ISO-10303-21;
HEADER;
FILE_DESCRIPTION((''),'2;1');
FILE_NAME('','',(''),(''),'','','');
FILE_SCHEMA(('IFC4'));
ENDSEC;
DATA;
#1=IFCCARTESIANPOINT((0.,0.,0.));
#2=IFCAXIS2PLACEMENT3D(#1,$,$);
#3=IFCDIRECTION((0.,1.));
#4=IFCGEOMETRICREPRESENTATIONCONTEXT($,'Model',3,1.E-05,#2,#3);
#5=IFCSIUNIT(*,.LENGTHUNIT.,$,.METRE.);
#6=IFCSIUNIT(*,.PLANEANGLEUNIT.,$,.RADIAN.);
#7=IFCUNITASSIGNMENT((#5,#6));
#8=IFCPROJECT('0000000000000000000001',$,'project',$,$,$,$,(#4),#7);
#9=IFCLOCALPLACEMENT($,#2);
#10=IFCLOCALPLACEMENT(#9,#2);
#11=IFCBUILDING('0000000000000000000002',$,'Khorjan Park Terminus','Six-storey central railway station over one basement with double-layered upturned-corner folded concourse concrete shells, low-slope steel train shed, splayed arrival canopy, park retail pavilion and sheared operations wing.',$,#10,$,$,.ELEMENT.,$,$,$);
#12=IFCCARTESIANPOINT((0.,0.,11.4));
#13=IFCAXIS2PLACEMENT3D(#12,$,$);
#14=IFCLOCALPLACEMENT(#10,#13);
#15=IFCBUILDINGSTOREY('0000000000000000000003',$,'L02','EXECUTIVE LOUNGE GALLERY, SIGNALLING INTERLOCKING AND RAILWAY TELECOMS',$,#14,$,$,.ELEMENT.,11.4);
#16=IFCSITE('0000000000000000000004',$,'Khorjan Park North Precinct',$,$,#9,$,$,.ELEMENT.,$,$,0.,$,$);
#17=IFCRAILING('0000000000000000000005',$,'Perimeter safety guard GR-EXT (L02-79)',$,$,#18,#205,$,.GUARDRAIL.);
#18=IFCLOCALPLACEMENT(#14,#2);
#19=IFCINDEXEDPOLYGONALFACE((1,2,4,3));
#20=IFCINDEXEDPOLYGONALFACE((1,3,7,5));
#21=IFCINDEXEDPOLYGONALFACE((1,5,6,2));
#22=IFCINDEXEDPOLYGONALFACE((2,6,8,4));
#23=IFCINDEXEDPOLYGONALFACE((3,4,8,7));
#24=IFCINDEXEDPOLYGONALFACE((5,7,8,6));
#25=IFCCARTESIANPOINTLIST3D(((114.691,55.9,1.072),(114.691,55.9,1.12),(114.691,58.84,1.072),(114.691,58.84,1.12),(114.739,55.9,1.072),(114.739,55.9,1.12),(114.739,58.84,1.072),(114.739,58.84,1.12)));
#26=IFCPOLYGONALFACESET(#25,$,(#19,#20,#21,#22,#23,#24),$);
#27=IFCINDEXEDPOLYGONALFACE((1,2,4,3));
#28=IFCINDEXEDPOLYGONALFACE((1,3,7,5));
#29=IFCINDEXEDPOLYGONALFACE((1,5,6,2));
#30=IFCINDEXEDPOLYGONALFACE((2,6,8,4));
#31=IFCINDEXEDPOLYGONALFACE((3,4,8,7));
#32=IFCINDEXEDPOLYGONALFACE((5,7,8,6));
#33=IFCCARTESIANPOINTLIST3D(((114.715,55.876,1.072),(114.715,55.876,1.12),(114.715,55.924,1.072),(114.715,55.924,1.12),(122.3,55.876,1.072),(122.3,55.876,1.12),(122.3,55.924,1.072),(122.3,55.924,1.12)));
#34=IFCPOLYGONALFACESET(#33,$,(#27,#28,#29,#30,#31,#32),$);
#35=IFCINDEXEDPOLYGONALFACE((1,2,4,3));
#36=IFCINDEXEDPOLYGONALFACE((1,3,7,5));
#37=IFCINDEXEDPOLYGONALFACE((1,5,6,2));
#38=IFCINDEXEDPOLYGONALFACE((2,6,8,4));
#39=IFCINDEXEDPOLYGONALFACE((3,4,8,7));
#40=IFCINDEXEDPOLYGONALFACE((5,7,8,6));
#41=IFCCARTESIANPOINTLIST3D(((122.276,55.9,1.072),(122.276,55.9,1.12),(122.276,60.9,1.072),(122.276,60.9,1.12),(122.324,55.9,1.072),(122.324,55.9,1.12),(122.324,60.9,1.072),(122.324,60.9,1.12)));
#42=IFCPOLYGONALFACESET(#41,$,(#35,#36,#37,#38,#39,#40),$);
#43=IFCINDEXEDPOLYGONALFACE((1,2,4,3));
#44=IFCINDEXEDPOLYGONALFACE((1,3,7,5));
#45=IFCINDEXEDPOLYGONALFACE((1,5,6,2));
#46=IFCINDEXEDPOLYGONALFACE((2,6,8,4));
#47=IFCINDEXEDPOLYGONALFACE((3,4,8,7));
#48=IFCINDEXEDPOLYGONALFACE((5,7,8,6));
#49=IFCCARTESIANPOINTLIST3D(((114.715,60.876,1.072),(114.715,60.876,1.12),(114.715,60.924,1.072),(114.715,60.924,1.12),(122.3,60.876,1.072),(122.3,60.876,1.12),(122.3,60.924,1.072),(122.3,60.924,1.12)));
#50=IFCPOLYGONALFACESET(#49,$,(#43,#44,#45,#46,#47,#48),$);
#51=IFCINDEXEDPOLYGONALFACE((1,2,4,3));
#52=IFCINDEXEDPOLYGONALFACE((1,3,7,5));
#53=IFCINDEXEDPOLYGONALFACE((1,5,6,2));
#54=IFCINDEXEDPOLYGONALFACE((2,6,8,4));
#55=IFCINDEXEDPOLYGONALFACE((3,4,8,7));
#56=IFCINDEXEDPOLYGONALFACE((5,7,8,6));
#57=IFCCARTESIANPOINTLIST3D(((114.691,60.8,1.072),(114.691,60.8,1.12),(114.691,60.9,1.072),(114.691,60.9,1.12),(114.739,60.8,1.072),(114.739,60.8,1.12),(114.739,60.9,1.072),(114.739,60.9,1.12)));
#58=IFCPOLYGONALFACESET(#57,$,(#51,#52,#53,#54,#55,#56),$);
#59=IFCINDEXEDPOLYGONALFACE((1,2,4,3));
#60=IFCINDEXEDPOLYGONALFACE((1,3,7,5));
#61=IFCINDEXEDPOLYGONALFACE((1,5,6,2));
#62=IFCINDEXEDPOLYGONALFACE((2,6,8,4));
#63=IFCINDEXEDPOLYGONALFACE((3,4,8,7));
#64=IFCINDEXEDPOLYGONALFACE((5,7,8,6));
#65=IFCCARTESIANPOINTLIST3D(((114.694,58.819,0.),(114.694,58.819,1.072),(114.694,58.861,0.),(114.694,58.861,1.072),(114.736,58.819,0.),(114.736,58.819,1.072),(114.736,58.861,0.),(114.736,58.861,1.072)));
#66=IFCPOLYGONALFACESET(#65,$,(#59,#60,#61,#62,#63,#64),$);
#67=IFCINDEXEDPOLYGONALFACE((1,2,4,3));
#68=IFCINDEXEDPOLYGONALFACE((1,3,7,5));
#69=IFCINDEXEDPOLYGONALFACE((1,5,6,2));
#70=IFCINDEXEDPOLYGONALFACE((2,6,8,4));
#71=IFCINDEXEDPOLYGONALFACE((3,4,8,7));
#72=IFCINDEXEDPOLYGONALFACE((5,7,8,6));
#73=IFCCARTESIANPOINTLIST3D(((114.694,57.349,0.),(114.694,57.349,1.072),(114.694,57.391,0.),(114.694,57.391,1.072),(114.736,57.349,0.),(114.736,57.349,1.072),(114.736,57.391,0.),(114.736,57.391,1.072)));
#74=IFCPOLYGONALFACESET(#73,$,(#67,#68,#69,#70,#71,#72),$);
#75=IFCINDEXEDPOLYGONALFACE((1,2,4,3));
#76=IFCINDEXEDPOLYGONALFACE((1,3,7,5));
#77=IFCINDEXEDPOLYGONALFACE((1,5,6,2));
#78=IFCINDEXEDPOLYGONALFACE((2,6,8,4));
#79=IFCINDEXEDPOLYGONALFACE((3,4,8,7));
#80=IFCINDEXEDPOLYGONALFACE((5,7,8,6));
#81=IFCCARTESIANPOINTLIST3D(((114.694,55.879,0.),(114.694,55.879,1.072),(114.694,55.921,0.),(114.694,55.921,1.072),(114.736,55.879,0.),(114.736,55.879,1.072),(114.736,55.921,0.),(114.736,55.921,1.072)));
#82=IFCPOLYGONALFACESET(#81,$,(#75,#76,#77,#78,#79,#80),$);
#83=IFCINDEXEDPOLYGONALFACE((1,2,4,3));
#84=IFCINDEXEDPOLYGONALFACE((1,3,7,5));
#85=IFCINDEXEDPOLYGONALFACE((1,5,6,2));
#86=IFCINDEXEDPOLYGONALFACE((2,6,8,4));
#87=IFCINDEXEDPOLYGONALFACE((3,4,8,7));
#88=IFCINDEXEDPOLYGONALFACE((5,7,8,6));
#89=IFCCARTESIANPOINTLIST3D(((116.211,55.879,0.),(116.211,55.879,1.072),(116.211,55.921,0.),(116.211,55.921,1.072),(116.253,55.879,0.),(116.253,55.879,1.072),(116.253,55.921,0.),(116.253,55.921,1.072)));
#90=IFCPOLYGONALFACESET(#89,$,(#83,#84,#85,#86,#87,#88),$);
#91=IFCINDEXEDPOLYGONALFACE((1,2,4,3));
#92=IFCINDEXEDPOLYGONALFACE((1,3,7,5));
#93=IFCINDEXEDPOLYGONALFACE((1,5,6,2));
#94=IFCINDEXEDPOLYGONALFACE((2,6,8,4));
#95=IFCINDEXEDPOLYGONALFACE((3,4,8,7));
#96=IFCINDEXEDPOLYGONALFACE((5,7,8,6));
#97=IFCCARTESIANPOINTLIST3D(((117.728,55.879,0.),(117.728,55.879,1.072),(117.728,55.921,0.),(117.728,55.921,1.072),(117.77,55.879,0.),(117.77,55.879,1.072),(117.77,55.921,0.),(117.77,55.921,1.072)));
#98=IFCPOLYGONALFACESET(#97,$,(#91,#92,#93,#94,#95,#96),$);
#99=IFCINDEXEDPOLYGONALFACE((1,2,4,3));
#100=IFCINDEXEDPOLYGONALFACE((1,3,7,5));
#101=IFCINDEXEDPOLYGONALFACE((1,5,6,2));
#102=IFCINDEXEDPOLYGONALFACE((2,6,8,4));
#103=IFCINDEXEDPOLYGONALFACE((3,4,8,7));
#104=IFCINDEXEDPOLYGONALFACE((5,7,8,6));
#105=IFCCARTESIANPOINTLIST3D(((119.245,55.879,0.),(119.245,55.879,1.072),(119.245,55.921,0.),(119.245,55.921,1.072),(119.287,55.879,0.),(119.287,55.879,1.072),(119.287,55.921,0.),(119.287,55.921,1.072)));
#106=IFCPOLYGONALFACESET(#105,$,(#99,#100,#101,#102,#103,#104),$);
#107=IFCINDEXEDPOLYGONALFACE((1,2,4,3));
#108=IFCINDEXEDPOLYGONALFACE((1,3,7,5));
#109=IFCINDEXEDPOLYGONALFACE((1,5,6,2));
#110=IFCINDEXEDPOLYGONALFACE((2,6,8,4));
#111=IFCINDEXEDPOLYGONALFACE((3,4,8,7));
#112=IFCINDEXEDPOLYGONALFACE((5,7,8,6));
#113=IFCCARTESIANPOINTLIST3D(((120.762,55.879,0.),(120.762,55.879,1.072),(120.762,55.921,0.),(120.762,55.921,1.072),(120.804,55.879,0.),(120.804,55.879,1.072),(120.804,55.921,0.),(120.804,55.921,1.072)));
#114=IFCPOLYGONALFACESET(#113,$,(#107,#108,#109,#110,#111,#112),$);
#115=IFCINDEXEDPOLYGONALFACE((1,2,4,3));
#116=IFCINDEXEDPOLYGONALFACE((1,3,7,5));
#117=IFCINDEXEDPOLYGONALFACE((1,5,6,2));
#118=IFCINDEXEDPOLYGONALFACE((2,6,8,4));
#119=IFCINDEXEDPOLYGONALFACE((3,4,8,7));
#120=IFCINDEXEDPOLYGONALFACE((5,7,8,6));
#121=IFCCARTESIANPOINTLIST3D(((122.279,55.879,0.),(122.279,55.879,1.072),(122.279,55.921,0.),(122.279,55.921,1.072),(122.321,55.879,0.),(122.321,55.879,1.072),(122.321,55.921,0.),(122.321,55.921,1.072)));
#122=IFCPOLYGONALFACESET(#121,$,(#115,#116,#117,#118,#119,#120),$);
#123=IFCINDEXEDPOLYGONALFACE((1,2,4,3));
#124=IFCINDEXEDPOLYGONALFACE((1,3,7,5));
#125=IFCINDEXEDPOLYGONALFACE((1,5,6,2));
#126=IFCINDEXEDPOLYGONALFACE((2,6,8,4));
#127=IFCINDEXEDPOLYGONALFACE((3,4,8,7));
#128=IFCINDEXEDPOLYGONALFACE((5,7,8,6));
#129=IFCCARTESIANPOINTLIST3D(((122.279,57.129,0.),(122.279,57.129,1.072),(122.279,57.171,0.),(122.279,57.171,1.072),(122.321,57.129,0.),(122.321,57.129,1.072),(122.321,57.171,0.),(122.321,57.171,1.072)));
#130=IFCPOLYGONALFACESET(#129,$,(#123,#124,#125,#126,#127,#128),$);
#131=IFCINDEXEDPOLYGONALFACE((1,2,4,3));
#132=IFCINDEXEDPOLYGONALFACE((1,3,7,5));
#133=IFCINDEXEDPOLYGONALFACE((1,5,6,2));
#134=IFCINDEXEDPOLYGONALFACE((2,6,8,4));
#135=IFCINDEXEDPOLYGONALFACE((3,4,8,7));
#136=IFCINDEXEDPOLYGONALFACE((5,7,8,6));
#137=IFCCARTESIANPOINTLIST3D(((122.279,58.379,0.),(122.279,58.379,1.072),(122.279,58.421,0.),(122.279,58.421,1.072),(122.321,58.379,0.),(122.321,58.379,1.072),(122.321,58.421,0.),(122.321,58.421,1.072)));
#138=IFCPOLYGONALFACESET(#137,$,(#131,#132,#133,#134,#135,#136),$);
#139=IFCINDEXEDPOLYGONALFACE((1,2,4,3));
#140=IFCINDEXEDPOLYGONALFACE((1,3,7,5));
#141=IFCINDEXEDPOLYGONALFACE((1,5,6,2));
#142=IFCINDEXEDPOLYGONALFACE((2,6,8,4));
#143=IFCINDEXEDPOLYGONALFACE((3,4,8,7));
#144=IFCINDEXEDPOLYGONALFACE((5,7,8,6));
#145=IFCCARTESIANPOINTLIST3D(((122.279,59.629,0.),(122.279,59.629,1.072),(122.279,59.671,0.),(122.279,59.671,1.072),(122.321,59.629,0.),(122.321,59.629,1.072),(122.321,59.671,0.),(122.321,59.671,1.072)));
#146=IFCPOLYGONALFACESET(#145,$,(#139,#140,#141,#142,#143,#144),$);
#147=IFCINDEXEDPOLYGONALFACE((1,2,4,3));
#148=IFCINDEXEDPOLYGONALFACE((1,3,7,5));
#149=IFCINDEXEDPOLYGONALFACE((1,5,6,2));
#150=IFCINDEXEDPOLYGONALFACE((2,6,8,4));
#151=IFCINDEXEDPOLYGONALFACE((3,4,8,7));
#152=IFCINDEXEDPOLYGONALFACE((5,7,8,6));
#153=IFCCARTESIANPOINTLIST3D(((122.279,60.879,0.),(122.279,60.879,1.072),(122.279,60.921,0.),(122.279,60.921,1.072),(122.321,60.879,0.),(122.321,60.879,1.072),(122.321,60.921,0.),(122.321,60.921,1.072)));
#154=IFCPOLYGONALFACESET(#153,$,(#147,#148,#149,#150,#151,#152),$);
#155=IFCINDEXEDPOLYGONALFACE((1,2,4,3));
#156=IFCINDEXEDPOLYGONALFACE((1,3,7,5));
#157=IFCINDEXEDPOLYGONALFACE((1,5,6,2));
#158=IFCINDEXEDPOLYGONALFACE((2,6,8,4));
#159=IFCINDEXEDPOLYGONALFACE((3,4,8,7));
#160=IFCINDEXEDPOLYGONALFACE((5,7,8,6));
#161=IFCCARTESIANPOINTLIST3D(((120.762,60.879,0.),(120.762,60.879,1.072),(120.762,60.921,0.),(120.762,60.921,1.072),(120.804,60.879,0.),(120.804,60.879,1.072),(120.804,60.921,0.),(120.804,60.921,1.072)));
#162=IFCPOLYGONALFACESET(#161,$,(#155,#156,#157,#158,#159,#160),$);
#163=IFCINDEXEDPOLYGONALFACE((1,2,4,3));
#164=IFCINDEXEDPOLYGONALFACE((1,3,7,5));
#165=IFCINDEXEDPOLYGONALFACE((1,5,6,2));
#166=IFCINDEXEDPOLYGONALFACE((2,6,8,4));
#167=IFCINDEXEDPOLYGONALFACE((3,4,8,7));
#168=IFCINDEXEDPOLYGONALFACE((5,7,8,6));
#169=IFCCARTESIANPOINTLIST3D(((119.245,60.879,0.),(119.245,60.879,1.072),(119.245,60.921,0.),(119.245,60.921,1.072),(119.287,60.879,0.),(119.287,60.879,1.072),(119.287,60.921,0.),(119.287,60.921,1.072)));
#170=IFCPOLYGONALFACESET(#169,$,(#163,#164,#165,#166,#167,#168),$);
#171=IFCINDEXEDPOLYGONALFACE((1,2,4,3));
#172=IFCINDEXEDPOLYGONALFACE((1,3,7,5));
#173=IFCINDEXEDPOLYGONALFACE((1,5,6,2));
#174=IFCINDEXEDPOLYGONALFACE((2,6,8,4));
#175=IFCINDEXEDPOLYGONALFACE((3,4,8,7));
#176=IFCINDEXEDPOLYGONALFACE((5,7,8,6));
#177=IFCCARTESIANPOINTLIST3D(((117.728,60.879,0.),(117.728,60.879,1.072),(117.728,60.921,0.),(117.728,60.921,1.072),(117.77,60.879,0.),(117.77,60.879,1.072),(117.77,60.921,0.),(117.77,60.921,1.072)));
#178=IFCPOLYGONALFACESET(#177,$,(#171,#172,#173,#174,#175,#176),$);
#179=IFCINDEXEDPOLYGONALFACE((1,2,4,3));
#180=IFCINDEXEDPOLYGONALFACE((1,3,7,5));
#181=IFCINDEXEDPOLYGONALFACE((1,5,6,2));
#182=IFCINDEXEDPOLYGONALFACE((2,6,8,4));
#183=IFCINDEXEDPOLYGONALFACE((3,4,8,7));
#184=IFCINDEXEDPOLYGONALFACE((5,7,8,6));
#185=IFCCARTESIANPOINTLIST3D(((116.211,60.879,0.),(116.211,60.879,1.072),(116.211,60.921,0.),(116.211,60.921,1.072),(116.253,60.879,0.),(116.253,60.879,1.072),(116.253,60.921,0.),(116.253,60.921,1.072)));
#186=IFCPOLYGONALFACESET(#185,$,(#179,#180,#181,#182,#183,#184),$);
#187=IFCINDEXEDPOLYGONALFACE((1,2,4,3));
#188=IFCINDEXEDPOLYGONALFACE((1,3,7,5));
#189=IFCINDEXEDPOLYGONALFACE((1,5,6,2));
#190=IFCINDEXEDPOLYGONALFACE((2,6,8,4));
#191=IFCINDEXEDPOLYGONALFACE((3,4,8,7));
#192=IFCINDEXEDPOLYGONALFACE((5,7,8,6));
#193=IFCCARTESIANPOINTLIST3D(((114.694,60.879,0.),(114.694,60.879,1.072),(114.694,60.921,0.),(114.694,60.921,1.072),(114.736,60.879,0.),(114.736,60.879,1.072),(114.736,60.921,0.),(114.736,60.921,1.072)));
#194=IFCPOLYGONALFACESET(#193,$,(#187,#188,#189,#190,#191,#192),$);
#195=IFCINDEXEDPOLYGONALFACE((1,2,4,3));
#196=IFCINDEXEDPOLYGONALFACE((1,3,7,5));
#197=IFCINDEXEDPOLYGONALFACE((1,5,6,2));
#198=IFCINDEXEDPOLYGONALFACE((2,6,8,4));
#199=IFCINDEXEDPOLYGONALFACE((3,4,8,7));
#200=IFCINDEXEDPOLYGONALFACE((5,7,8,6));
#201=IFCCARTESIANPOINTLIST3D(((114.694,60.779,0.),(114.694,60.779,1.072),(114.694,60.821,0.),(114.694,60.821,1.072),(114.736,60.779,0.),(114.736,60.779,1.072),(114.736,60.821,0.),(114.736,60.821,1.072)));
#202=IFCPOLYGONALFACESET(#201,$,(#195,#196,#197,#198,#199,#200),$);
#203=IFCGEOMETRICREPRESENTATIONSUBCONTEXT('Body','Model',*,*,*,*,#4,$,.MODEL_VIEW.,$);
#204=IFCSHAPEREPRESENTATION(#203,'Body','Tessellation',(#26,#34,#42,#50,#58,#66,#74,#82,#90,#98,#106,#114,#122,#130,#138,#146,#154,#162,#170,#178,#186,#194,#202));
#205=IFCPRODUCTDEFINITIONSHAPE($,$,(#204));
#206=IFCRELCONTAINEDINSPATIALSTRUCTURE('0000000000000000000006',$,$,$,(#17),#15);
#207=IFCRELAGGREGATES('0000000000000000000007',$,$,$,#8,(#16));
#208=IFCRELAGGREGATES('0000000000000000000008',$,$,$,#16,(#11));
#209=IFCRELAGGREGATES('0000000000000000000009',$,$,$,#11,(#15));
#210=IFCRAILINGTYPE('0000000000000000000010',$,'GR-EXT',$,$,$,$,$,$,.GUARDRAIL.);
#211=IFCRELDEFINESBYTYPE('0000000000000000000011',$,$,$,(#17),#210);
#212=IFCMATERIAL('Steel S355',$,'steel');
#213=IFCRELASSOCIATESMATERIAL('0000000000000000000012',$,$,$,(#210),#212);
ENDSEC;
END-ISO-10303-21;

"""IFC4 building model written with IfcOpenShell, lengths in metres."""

from ifc_helpers import new_model, si_unit, direction, frame, origin, origin_2d, place, context, subcontext, project, spatial, rectangle, extrude, material, type_object, element, save


model = new_model("IFC4")

# Units and contexts
model_context = context("Model", 3, precision=1e-05, world=origin(), true_north=direction((0.0, 1.0)))
body_context = subcontext(model_context, "Body", "Model", "MODEL_VIEW")
ifc_project = project(units=[si_unit("LENGTHUNIT", "METRE"), si_unit("PLANEANGLEUNIT", "RADIAN")], contexts=[model_context])

# Site, building, storey
site_placement = place(None, origin())
site = spatial("IfcSite", under=ifc_project, at=site_placement, Name="Khorjan Park North Precinct", CompositionType="ELEMENT", RefElevation=0.0)
building_placement = place(site_placement, origin())
building = spatial("IfcBuilding", under=site, at=building_placement, Name="Khorjan Park Terminus", Description="Six-storey central railway station over one basement with double-layered upturned-corner folded concourse concrete shells, low-slope steel train shed, splayed arrival canopy, park retail pavilion and sheared operations wing.", CompositionType="ELEMENT")
storey_placement = place(building_placement, frame((0.0, 0.0, 11.4)))
storey = spatial("IfcBuildingStorey", under=building, at=storey_placement, Name="L02", Description="EXECUTIVE LOUNGE GALLERY, SIGNALLING INTERLOCKING AND RAILWAY TELECOMS", CompositionType="ELEMENT", Elevation=11.4)

# Shared definitions
ifc_material_1 = material(Name="Steel S355", Category="steel")

# Railing
railing_type_1 = type_object("IfcRailingType", Name="GR-EXT", PredefinedType="GUARDRAIL", material=ifc_material_1)
railing_1_placement = place(storey_placement, frame((114.715, 58.84, 0.0)))
element("IfcRailing", 1, at=railing_1_placement, inside=storey, type_object=railing_type_1, Name="Perimeter safety guard GR-EXT (L02-79)", PredefinedType="GUARDRAIL", context=body_context, shape_type="SweptSolid", body=[
    extrude(rectangle(XDim=0.048, YDim=0.048, at=origin_2d()), frame((0.0, 0.0, 1.096), z_axis=(0.0, -1.0, 0.0), x_axis=(1.0, 0.0, 0.0)), (0.0, 0.0, 1.0), 2.94),
    extrude(rectangle(XDim=0.048, YDim=0.048, at=origin_2d()), frame((0.0, -2.94, 1.096), z_axis=(1.0, 0.0, 0.0), x_axis=(0.0, 1.0, 0.0)), (0.0, 0.0, 1.0), 7.585),
    extrude(rectangle(XDim=0.048, YDim=0.048, at=origin_2d()), frame((7.585, -2.94, 1.096), z_axis=(0.0, 1.0, 0.0), x_axis=(-1.0, 0.0, 0.0)), (0.0, 0.0, 1.0), 5.0),
    extrude(rectangle(XDim=0.048, YDim=0.048, at=origin_2d()), frame((7.585, 2.06, 1.096), z_axis=(-1.0, 0.0, 0.0), x_axis=(0.0, -1.0, 0.0)), (0.0, 0.0, 1.0), 7.585),
    extrude(rectangle(XDim=0.048, YDim=0.048, at=origin_2d()), frame((0.0, 2.06, 1.096), z_axis=(0.0, -1.0, 0.0), x_axis=(1.0, 0.0, 0.0)), (0.0, 0.0, 1.0), 0.1),
    extrude(rectangle(XDim=0.042, YDim=0.042, at=origin_2d()), origin(), (0.0, 0.0, 1.0), 1.072),
    extrude(rectangle(XDim=0.042, YDim=0.042, at=origin_2d()), frame((0.0, -1.47, 0.0)), (0.0, 0.0, 1.0), 1.072),
    extrude(rectangle(XDim=0.042, YDim=0.042, at=origin_2d()), frame((0.0, -2.94, 0.0)), (0.0, 0.0, 1.0), 1.072),
    extrude(rectangle(XDim=0.042, YDim=0.042, at=origin_2d()), frame((1.517, -2.94, 0.0)), (0.0, 0.0, 1.0), 1.072),
    extrude(rectangle(XDim=0.042, YDim=0.042, at=origin_2d()), frame((3.034, -2.94, 0.0)), (0.0, 0.0, 1.0), 1.072),
    extrude(rectangle(XDim=0.042, YDim=0.042, at=origin_2d()), frame((4.551, -2.94, 0.0)), (0.0, 0.0, 1.0), 1.072),
    extrude(rectangle(XDim=0.042, YDim=0.042, at=origin_2d()), frame((6.068, -2.94, 0.0)), (0.0, 0.0, 1.0), 1.072),
    extrude(rectangle(XDim=0.042, YDim=0.042, at=origin_2d()), frame((7.585, -2.94, 0.0)), (0.0, 0.0, 1.0), 1.072),
    extrude(rectangle(XDim=0.042, YDim=0.042, at=origin_2d()), frame((7.585, -1.69, 0.0)), (0.0, 0.0, 1.0), 1.072),
    extrude(rectangle(XDim=0.042, YDim=0.042, at=origin_2d()), frame((7.585, -0.44, 0.0)), (0.0, 0.0, 1.0), 1.072),
    extrude(rectangle(XDim=0.042, YDim=0.042, at=origin_2d()), frame((7.585, 0.81, 0.0)), (0.0, 0.0, 1.0), 1.072),
    extrude(rectangle(XDim=0.042, YDim=0.042, at=origin_2d()), frame((7.585, 2.06, 0.0)), (0.0, 0.0, 1.0), 1.072),
    extrude(rectangle(XDim=0.042, YDim=0.042, at=origin_2d()), frame((6.068, 2.06, 0.0)), (0.0, 0.0, 1.0), 1.072),
    extrude(rectangle(XDim=0.042, YDim=0.042, at=origin_2d()), frame((4.551, 2.06, 0.0)), (0.0, 0.0, 1.0), 1.072),
    extrude(rectangle(XDim=0.042, YDim=0.042, at=origin_2d()), frame((3.034, 2.06, 0.0)), (0.0, 0.0, 1.0), 1.072),
    extrude(rectangle(XDim=0.042, YDim=0.042, at=origin_2d()), frame((1.517, 2.06, 0.0)), (0.0, 0.0, 1.0), 1.072),
    extrude(rectangle(XDim=0.042, YDim=0.042, at=origin_2d()), frame((0.0, 2.06, 0.0)), (0.0, 0.0, 1.0), 1.072),
    extrude(rectangle(XDim=0.042, YDim=0.042, at=origin_2d()), frame((0.0, 1.96, 0.0)), (0.0, 0.0, 1.0), 1.072),
])

save(model, "model.ifc")
